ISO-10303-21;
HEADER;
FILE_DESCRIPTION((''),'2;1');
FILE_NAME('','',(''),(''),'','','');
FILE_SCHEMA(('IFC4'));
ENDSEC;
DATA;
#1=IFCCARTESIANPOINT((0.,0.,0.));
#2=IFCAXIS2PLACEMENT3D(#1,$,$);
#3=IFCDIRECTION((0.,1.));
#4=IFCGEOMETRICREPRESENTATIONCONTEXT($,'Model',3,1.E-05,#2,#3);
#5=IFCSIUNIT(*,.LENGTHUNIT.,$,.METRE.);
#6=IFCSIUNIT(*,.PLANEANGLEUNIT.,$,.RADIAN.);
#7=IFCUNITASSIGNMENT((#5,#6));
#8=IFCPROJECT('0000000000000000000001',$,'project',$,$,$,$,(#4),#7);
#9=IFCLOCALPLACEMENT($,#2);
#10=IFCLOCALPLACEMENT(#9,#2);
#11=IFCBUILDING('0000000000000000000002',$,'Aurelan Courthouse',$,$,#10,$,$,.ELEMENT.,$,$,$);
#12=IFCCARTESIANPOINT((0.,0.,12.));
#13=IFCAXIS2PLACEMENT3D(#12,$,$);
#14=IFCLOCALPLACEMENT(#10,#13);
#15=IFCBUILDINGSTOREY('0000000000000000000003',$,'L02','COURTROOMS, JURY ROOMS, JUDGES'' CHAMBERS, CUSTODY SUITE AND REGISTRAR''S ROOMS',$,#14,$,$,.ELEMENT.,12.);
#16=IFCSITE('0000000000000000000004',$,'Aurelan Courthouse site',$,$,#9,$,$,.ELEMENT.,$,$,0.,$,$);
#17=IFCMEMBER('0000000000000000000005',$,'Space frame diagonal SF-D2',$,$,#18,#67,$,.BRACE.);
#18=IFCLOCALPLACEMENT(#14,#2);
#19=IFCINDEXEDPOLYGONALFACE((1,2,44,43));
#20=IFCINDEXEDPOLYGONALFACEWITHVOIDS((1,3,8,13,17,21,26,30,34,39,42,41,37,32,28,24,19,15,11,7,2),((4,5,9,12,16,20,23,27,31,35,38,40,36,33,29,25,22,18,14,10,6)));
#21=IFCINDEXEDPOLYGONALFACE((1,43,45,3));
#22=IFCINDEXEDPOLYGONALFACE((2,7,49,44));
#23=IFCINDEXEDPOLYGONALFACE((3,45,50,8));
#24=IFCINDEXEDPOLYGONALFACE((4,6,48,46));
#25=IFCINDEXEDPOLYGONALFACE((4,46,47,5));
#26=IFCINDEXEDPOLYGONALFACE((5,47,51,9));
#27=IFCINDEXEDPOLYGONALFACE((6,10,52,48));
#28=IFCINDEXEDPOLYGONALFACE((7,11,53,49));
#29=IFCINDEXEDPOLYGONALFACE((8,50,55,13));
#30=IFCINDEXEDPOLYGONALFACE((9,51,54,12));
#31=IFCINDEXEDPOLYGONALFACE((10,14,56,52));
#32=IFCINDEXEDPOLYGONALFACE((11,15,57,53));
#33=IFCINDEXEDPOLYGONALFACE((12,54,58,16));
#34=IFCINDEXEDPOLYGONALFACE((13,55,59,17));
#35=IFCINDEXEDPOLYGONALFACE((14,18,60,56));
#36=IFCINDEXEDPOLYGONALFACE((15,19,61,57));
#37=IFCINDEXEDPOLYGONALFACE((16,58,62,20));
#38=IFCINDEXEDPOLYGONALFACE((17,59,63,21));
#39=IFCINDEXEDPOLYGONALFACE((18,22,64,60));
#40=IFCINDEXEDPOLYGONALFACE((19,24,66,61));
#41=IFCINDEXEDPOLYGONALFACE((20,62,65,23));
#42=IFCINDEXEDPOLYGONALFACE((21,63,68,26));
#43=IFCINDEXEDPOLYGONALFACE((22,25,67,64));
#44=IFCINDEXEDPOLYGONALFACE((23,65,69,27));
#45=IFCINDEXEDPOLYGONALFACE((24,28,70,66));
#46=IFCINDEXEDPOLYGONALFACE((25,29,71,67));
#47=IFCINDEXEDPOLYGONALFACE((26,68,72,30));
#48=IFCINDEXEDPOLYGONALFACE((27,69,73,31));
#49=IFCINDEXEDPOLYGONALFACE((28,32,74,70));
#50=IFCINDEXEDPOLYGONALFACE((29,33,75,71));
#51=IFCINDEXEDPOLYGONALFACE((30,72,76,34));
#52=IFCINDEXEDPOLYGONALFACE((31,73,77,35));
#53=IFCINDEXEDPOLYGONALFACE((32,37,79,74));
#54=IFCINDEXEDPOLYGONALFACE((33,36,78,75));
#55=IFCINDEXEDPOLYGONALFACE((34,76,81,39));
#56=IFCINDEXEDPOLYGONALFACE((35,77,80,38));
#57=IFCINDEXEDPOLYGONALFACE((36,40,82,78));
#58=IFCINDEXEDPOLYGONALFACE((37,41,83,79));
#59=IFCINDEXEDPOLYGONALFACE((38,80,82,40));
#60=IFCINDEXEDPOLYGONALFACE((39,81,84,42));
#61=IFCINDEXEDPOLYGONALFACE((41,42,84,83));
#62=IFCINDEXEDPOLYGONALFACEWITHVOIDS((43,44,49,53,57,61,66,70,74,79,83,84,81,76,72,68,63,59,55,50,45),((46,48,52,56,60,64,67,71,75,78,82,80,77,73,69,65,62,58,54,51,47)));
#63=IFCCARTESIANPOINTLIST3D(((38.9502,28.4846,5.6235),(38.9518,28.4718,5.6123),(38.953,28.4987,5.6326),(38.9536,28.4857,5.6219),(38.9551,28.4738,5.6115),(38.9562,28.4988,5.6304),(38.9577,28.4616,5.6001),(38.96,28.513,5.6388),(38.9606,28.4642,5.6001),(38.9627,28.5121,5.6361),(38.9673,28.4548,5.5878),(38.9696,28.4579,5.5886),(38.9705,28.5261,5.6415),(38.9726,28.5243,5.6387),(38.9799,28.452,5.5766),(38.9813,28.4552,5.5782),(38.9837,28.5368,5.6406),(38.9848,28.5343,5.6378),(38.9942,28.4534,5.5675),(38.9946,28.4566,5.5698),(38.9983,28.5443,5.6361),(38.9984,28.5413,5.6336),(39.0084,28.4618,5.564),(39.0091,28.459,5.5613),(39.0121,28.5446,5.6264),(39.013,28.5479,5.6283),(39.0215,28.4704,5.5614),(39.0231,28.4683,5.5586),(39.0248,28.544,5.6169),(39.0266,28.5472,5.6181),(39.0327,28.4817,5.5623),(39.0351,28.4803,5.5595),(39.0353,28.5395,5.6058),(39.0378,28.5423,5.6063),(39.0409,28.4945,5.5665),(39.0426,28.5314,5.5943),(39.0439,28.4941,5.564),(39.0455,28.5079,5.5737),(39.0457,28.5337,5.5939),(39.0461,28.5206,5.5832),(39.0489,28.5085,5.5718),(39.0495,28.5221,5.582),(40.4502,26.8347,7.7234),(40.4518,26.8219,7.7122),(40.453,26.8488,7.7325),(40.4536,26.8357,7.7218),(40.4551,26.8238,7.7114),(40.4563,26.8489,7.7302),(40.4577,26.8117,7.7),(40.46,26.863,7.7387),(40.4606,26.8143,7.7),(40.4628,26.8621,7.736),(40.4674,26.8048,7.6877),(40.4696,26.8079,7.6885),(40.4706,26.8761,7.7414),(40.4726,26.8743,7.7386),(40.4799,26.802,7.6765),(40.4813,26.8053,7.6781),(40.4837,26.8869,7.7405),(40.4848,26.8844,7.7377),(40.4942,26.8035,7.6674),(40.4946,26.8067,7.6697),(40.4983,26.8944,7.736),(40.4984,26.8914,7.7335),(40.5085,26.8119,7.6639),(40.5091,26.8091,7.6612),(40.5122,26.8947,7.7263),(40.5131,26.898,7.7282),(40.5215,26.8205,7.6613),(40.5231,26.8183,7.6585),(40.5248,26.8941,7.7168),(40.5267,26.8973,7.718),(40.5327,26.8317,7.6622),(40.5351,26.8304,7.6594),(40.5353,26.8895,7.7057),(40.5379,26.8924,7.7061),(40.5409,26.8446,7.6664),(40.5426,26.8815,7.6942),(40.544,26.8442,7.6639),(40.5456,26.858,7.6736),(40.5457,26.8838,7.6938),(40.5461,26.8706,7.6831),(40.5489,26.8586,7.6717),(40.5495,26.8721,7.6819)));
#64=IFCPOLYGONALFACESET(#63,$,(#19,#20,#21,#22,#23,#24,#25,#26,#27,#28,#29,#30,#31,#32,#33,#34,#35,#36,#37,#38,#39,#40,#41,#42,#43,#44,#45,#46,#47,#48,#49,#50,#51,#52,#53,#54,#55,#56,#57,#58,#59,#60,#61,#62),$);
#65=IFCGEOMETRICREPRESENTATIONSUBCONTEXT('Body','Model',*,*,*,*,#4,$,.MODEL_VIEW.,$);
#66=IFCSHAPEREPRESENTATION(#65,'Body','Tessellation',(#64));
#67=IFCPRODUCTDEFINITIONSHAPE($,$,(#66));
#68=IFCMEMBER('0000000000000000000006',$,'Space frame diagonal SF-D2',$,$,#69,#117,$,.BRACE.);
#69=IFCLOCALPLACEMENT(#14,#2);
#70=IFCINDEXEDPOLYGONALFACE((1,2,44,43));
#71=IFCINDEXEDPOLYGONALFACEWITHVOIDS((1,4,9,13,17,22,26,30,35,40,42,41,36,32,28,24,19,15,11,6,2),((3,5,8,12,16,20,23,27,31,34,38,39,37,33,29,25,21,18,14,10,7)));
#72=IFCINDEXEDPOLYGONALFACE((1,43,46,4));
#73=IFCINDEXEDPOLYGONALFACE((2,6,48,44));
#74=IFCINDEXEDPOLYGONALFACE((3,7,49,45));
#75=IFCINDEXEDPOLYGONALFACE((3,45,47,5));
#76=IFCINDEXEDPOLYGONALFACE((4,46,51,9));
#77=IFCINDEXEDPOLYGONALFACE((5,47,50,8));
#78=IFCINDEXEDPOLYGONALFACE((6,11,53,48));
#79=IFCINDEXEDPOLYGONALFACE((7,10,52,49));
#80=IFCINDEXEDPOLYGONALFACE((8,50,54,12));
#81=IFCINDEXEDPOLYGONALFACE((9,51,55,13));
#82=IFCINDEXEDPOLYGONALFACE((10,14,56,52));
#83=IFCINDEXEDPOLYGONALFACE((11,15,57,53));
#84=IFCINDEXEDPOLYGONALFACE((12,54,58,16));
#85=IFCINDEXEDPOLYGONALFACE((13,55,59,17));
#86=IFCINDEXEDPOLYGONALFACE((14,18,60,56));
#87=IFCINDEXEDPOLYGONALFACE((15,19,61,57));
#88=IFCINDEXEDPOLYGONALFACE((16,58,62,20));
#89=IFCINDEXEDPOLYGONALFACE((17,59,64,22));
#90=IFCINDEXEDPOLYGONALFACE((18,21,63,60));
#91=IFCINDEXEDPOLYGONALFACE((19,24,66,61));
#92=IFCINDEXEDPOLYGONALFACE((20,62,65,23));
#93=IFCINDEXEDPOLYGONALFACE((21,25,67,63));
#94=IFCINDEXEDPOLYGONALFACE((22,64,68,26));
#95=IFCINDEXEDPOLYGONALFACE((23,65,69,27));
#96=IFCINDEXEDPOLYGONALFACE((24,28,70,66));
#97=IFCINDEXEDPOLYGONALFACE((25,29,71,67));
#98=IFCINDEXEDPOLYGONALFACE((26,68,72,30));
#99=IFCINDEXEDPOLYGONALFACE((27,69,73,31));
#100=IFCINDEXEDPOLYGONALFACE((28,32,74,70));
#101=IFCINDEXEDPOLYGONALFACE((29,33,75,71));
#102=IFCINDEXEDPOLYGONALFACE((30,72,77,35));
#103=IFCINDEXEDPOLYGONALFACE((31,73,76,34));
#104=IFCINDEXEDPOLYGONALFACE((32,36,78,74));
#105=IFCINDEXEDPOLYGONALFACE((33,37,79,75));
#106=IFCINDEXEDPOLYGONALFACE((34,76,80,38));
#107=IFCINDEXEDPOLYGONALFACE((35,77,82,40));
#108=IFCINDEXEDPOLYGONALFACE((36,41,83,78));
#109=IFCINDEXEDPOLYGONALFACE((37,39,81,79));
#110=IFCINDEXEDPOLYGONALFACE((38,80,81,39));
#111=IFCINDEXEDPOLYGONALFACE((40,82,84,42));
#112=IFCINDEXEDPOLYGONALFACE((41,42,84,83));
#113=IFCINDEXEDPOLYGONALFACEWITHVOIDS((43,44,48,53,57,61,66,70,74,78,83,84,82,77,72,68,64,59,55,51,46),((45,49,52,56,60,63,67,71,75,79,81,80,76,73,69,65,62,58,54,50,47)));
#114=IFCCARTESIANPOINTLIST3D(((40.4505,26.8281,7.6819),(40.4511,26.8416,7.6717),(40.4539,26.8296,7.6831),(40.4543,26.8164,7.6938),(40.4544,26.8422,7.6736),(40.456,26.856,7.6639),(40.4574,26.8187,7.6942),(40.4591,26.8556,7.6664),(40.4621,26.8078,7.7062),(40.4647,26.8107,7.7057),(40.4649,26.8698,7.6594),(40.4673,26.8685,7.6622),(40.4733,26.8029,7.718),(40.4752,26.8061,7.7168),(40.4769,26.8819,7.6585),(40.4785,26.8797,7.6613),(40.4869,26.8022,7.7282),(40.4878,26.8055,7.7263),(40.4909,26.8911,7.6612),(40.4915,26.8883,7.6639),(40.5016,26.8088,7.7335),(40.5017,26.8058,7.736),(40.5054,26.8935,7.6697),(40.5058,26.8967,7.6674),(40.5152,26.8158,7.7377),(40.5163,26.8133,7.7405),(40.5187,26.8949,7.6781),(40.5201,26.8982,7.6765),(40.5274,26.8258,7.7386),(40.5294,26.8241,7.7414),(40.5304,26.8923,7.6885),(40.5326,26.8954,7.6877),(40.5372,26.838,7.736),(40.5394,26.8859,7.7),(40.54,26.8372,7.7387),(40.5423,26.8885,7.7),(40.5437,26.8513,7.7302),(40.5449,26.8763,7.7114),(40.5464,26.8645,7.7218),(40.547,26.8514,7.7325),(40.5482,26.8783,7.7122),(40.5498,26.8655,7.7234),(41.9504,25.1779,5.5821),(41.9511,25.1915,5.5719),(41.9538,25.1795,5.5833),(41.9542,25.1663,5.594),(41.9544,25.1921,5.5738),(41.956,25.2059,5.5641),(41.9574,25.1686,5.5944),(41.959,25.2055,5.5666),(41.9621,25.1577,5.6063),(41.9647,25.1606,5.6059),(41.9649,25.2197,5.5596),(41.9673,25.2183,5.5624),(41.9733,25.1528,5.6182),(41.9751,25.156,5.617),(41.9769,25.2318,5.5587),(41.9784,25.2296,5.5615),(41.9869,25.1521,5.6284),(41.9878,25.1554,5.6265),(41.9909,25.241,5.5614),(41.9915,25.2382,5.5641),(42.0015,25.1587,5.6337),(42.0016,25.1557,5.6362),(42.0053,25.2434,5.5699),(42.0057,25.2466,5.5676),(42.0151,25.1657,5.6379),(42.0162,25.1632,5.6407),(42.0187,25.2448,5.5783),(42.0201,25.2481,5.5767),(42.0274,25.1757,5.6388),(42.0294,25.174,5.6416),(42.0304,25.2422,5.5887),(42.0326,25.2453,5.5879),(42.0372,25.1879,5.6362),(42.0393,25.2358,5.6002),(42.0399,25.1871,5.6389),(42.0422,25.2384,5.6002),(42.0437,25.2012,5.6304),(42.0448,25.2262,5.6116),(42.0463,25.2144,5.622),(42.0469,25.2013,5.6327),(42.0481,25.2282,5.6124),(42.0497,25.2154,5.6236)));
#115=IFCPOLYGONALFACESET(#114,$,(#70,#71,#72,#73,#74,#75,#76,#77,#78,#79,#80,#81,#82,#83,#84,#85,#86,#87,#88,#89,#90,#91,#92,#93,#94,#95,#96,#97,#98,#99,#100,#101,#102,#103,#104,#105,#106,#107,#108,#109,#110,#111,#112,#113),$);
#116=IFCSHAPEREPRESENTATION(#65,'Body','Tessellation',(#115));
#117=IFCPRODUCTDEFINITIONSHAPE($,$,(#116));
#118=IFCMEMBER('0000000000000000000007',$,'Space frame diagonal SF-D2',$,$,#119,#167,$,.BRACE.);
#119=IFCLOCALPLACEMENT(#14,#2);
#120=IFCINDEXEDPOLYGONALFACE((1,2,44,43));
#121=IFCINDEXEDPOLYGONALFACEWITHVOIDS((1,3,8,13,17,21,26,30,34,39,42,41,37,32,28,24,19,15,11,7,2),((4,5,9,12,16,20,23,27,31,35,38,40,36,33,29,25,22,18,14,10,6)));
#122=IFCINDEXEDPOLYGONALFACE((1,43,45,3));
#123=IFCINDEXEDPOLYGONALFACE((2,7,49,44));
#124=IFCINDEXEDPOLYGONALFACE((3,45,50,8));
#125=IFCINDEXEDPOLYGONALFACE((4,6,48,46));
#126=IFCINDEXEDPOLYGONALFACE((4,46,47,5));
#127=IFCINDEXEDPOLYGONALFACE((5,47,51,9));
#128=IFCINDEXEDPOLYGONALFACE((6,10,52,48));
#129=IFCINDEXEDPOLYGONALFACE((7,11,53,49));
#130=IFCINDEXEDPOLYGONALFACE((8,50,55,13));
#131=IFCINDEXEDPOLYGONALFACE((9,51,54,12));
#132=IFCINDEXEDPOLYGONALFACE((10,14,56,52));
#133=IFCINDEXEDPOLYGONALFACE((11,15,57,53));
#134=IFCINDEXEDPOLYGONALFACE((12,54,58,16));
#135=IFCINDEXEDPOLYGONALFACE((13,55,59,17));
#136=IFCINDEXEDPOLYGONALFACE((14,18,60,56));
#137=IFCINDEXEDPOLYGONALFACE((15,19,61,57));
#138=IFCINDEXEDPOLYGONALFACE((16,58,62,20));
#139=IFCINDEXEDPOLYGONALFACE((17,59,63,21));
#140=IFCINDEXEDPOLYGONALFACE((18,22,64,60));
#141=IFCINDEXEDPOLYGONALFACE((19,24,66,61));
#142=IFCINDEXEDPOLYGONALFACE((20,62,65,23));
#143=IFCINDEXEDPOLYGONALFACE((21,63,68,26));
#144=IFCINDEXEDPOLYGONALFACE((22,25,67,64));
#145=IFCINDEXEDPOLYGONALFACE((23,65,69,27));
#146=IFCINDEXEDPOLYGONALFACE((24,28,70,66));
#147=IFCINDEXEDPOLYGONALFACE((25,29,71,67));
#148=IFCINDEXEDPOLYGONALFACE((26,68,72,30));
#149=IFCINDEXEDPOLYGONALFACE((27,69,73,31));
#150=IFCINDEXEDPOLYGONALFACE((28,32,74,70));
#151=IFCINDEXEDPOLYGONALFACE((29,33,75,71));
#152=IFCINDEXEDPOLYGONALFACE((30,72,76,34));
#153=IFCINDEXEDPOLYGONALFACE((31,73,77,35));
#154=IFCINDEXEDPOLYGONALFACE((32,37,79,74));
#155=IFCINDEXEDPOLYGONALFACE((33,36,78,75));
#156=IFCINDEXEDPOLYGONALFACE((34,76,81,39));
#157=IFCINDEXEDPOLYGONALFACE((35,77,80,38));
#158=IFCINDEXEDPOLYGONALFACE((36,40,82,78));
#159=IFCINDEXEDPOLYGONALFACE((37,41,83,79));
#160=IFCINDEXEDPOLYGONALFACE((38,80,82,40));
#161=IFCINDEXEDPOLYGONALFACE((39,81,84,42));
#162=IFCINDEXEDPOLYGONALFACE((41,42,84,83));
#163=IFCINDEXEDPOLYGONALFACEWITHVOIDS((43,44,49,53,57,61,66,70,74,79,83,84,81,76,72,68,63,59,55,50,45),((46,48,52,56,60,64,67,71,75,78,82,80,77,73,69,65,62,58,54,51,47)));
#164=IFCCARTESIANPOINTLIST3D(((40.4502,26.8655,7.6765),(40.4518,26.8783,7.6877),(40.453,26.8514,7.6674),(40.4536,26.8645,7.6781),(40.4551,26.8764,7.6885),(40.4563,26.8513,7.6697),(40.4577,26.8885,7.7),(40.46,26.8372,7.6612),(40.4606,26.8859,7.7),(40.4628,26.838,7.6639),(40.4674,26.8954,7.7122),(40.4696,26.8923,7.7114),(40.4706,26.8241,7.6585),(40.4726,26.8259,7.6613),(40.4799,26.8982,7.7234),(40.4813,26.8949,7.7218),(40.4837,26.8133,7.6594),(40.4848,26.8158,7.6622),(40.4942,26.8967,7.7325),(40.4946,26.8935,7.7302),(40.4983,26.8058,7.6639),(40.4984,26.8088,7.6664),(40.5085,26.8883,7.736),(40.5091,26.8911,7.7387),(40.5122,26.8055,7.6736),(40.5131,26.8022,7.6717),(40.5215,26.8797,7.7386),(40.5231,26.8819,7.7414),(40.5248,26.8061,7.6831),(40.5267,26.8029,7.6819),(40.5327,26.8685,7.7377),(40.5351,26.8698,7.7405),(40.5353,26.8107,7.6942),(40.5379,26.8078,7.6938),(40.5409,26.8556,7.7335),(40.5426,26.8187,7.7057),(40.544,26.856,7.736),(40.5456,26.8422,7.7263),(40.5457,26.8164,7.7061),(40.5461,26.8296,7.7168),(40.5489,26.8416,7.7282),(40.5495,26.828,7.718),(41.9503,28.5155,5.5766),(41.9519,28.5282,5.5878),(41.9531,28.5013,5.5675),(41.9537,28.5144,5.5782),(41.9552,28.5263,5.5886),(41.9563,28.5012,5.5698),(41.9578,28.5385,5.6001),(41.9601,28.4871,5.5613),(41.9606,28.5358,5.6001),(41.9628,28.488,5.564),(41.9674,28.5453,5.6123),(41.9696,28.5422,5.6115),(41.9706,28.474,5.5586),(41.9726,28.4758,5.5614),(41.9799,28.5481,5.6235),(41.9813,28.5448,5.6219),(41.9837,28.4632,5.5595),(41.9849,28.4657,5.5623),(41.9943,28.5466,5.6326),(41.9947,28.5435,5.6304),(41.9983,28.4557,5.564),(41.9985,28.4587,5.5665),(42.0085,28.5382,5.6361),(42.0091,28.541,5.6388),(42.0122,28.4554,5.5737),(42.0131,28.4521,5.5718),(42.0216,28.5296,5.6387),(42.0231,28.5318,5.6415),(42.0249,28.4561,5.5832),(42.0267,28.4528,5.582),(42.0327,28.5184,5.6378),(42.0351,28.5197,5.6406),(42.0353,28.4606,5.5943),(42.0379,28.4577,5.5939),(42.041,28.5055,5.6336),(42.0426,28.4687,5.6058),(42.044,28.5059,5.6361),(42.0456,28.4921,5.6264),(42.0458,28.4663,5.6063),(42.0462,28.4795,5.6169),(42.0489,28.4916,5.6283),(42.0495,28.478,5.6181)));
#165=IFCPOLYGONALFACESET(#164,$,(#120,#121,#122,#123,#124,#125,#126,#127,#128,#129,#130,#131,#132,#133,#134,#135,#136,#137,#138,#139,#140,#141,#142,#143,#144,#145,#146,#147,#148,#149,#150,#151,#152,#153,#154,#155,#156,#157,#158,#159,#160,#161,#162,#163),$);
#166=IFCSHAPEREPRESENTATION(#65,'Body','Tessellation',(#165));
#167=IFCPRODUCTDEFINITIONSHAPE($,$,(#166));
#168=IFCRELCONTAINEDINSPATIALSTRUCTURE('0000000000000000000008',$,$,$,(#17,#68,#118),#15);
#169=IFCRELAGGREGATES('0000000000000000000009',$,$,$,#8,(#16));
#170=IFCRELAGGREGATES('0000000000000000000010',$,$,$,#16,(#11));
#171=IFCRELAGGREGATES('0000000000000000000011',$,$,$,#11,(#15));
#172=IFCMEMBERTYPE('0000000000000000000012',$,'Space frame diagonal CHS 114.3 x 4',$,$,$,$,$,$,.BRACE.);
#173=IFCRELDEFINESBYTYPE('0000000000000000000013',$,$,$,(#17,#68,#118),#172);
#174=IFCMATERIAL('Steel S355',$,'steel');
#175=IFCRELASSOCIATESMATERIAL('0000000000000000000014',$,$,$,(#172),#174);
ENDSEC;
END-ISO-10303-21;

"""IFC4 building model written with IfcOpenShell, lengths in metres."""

from ifc_helpers import new_model, si_unit, direction, frame, origin, origin_2d, place, context, subcontext, project, spatial, hollow_circle, extrude, material, material_profile, profile_set, type_object, element, save


model = new_model("IFC4")

# Units and contexts
model_context = context("Model", 3, precision=1e-05, world=origin(), true_north=direction((0.0, 1.0)))
body_context = subcontext(model_context, "Body", "Model", "MODEL_VIEW")
ifc_project = project(units=[si_unit("LENGTHUNIT", "METRE"), si_unit("PLANEANGLEUNIT", "RADIAN")], contexts=[model_context])

# Site, building, storey
site_placement = place(None, origin())
site = spatial("IfcSite", under=ifc_project, at=site_placement, Name="Aurelan Courthouse site", CompositionType="ELEMENT", RefElevation=0.0)
building_placement = place(site_placement, origin())
building = spatial("IfcBuilding", under=site, at=building_placement, Name="Aurelan Courthouse", CompositionType="ELEMENT")
storey_placement = place(building_placement, frame((0.0, 0.0, 12.0)))
storey = spatial("IfcBuildingStorey", under=building, at=storey_placement, Name="L02", Description="COURTROOMS, JURY ROOMS, JUDGES' CHAMBERS, CUSTODY SUITE AND REGISTRAR'S ROOMS", CompositionType="ELEMENT", Elevation=12.0)

# Members
ifc_material_1 = material(Name="Steel S355", Category="steel")
ifc_material_profile_1 = material_profile(ifc_material_1, hollow_circle(Radius=0.0571, WallThickness=0.0039, at=origin_2d()), Name="CHS 114.3 x 4")
ifc_profile_set_1 = profile_set([ifc_material_profile_1], Name="Steel S355")
member_type_1 = type_object("IfcMemberType", Name="Space frame diagonal CHS 114.3 x 4", PredefinedType="BRACE", material=ifc_profile_set_1)
for number, where, z_axis, x_axis, name in (
    (1, (40.5, 26.8501, 7.7), (-0.489727, 0.538667, -0.685569), (-0.73992, -0.672695, 0.0), "Space frame diagonal SF-D2"),
    (2, (40.5, 26.8501, 7.7), (0.489706, -0.538724, -0.68554), (0.73997, 0.67264, 0.0), "Space frame diagonal SF-D2"),
    (3, (40.5, 26.8501, 7.7), (0.489727, 0.538667, -0.685569), (-0.73992, 0.672695, 0.0), "Space frame diagonal SF-D2"),
):
    element("IfcMember", number, at=place(storey_placement, frame(where, z_axis=z_axis, x_axis=x_axis)), inside=storey, type_object=member_type_1, Name=name, PredefinedType="BRACE", context=body_context, shape_type="SweptSolid", body=[
        extrude(hollow_circle(Radius=0.0571, WallThickness=0.0039, at=origin_2d()), origin(), (0.0, 0.0, 1.0), 3.063),
    ])

save(model, "model.ifc")
